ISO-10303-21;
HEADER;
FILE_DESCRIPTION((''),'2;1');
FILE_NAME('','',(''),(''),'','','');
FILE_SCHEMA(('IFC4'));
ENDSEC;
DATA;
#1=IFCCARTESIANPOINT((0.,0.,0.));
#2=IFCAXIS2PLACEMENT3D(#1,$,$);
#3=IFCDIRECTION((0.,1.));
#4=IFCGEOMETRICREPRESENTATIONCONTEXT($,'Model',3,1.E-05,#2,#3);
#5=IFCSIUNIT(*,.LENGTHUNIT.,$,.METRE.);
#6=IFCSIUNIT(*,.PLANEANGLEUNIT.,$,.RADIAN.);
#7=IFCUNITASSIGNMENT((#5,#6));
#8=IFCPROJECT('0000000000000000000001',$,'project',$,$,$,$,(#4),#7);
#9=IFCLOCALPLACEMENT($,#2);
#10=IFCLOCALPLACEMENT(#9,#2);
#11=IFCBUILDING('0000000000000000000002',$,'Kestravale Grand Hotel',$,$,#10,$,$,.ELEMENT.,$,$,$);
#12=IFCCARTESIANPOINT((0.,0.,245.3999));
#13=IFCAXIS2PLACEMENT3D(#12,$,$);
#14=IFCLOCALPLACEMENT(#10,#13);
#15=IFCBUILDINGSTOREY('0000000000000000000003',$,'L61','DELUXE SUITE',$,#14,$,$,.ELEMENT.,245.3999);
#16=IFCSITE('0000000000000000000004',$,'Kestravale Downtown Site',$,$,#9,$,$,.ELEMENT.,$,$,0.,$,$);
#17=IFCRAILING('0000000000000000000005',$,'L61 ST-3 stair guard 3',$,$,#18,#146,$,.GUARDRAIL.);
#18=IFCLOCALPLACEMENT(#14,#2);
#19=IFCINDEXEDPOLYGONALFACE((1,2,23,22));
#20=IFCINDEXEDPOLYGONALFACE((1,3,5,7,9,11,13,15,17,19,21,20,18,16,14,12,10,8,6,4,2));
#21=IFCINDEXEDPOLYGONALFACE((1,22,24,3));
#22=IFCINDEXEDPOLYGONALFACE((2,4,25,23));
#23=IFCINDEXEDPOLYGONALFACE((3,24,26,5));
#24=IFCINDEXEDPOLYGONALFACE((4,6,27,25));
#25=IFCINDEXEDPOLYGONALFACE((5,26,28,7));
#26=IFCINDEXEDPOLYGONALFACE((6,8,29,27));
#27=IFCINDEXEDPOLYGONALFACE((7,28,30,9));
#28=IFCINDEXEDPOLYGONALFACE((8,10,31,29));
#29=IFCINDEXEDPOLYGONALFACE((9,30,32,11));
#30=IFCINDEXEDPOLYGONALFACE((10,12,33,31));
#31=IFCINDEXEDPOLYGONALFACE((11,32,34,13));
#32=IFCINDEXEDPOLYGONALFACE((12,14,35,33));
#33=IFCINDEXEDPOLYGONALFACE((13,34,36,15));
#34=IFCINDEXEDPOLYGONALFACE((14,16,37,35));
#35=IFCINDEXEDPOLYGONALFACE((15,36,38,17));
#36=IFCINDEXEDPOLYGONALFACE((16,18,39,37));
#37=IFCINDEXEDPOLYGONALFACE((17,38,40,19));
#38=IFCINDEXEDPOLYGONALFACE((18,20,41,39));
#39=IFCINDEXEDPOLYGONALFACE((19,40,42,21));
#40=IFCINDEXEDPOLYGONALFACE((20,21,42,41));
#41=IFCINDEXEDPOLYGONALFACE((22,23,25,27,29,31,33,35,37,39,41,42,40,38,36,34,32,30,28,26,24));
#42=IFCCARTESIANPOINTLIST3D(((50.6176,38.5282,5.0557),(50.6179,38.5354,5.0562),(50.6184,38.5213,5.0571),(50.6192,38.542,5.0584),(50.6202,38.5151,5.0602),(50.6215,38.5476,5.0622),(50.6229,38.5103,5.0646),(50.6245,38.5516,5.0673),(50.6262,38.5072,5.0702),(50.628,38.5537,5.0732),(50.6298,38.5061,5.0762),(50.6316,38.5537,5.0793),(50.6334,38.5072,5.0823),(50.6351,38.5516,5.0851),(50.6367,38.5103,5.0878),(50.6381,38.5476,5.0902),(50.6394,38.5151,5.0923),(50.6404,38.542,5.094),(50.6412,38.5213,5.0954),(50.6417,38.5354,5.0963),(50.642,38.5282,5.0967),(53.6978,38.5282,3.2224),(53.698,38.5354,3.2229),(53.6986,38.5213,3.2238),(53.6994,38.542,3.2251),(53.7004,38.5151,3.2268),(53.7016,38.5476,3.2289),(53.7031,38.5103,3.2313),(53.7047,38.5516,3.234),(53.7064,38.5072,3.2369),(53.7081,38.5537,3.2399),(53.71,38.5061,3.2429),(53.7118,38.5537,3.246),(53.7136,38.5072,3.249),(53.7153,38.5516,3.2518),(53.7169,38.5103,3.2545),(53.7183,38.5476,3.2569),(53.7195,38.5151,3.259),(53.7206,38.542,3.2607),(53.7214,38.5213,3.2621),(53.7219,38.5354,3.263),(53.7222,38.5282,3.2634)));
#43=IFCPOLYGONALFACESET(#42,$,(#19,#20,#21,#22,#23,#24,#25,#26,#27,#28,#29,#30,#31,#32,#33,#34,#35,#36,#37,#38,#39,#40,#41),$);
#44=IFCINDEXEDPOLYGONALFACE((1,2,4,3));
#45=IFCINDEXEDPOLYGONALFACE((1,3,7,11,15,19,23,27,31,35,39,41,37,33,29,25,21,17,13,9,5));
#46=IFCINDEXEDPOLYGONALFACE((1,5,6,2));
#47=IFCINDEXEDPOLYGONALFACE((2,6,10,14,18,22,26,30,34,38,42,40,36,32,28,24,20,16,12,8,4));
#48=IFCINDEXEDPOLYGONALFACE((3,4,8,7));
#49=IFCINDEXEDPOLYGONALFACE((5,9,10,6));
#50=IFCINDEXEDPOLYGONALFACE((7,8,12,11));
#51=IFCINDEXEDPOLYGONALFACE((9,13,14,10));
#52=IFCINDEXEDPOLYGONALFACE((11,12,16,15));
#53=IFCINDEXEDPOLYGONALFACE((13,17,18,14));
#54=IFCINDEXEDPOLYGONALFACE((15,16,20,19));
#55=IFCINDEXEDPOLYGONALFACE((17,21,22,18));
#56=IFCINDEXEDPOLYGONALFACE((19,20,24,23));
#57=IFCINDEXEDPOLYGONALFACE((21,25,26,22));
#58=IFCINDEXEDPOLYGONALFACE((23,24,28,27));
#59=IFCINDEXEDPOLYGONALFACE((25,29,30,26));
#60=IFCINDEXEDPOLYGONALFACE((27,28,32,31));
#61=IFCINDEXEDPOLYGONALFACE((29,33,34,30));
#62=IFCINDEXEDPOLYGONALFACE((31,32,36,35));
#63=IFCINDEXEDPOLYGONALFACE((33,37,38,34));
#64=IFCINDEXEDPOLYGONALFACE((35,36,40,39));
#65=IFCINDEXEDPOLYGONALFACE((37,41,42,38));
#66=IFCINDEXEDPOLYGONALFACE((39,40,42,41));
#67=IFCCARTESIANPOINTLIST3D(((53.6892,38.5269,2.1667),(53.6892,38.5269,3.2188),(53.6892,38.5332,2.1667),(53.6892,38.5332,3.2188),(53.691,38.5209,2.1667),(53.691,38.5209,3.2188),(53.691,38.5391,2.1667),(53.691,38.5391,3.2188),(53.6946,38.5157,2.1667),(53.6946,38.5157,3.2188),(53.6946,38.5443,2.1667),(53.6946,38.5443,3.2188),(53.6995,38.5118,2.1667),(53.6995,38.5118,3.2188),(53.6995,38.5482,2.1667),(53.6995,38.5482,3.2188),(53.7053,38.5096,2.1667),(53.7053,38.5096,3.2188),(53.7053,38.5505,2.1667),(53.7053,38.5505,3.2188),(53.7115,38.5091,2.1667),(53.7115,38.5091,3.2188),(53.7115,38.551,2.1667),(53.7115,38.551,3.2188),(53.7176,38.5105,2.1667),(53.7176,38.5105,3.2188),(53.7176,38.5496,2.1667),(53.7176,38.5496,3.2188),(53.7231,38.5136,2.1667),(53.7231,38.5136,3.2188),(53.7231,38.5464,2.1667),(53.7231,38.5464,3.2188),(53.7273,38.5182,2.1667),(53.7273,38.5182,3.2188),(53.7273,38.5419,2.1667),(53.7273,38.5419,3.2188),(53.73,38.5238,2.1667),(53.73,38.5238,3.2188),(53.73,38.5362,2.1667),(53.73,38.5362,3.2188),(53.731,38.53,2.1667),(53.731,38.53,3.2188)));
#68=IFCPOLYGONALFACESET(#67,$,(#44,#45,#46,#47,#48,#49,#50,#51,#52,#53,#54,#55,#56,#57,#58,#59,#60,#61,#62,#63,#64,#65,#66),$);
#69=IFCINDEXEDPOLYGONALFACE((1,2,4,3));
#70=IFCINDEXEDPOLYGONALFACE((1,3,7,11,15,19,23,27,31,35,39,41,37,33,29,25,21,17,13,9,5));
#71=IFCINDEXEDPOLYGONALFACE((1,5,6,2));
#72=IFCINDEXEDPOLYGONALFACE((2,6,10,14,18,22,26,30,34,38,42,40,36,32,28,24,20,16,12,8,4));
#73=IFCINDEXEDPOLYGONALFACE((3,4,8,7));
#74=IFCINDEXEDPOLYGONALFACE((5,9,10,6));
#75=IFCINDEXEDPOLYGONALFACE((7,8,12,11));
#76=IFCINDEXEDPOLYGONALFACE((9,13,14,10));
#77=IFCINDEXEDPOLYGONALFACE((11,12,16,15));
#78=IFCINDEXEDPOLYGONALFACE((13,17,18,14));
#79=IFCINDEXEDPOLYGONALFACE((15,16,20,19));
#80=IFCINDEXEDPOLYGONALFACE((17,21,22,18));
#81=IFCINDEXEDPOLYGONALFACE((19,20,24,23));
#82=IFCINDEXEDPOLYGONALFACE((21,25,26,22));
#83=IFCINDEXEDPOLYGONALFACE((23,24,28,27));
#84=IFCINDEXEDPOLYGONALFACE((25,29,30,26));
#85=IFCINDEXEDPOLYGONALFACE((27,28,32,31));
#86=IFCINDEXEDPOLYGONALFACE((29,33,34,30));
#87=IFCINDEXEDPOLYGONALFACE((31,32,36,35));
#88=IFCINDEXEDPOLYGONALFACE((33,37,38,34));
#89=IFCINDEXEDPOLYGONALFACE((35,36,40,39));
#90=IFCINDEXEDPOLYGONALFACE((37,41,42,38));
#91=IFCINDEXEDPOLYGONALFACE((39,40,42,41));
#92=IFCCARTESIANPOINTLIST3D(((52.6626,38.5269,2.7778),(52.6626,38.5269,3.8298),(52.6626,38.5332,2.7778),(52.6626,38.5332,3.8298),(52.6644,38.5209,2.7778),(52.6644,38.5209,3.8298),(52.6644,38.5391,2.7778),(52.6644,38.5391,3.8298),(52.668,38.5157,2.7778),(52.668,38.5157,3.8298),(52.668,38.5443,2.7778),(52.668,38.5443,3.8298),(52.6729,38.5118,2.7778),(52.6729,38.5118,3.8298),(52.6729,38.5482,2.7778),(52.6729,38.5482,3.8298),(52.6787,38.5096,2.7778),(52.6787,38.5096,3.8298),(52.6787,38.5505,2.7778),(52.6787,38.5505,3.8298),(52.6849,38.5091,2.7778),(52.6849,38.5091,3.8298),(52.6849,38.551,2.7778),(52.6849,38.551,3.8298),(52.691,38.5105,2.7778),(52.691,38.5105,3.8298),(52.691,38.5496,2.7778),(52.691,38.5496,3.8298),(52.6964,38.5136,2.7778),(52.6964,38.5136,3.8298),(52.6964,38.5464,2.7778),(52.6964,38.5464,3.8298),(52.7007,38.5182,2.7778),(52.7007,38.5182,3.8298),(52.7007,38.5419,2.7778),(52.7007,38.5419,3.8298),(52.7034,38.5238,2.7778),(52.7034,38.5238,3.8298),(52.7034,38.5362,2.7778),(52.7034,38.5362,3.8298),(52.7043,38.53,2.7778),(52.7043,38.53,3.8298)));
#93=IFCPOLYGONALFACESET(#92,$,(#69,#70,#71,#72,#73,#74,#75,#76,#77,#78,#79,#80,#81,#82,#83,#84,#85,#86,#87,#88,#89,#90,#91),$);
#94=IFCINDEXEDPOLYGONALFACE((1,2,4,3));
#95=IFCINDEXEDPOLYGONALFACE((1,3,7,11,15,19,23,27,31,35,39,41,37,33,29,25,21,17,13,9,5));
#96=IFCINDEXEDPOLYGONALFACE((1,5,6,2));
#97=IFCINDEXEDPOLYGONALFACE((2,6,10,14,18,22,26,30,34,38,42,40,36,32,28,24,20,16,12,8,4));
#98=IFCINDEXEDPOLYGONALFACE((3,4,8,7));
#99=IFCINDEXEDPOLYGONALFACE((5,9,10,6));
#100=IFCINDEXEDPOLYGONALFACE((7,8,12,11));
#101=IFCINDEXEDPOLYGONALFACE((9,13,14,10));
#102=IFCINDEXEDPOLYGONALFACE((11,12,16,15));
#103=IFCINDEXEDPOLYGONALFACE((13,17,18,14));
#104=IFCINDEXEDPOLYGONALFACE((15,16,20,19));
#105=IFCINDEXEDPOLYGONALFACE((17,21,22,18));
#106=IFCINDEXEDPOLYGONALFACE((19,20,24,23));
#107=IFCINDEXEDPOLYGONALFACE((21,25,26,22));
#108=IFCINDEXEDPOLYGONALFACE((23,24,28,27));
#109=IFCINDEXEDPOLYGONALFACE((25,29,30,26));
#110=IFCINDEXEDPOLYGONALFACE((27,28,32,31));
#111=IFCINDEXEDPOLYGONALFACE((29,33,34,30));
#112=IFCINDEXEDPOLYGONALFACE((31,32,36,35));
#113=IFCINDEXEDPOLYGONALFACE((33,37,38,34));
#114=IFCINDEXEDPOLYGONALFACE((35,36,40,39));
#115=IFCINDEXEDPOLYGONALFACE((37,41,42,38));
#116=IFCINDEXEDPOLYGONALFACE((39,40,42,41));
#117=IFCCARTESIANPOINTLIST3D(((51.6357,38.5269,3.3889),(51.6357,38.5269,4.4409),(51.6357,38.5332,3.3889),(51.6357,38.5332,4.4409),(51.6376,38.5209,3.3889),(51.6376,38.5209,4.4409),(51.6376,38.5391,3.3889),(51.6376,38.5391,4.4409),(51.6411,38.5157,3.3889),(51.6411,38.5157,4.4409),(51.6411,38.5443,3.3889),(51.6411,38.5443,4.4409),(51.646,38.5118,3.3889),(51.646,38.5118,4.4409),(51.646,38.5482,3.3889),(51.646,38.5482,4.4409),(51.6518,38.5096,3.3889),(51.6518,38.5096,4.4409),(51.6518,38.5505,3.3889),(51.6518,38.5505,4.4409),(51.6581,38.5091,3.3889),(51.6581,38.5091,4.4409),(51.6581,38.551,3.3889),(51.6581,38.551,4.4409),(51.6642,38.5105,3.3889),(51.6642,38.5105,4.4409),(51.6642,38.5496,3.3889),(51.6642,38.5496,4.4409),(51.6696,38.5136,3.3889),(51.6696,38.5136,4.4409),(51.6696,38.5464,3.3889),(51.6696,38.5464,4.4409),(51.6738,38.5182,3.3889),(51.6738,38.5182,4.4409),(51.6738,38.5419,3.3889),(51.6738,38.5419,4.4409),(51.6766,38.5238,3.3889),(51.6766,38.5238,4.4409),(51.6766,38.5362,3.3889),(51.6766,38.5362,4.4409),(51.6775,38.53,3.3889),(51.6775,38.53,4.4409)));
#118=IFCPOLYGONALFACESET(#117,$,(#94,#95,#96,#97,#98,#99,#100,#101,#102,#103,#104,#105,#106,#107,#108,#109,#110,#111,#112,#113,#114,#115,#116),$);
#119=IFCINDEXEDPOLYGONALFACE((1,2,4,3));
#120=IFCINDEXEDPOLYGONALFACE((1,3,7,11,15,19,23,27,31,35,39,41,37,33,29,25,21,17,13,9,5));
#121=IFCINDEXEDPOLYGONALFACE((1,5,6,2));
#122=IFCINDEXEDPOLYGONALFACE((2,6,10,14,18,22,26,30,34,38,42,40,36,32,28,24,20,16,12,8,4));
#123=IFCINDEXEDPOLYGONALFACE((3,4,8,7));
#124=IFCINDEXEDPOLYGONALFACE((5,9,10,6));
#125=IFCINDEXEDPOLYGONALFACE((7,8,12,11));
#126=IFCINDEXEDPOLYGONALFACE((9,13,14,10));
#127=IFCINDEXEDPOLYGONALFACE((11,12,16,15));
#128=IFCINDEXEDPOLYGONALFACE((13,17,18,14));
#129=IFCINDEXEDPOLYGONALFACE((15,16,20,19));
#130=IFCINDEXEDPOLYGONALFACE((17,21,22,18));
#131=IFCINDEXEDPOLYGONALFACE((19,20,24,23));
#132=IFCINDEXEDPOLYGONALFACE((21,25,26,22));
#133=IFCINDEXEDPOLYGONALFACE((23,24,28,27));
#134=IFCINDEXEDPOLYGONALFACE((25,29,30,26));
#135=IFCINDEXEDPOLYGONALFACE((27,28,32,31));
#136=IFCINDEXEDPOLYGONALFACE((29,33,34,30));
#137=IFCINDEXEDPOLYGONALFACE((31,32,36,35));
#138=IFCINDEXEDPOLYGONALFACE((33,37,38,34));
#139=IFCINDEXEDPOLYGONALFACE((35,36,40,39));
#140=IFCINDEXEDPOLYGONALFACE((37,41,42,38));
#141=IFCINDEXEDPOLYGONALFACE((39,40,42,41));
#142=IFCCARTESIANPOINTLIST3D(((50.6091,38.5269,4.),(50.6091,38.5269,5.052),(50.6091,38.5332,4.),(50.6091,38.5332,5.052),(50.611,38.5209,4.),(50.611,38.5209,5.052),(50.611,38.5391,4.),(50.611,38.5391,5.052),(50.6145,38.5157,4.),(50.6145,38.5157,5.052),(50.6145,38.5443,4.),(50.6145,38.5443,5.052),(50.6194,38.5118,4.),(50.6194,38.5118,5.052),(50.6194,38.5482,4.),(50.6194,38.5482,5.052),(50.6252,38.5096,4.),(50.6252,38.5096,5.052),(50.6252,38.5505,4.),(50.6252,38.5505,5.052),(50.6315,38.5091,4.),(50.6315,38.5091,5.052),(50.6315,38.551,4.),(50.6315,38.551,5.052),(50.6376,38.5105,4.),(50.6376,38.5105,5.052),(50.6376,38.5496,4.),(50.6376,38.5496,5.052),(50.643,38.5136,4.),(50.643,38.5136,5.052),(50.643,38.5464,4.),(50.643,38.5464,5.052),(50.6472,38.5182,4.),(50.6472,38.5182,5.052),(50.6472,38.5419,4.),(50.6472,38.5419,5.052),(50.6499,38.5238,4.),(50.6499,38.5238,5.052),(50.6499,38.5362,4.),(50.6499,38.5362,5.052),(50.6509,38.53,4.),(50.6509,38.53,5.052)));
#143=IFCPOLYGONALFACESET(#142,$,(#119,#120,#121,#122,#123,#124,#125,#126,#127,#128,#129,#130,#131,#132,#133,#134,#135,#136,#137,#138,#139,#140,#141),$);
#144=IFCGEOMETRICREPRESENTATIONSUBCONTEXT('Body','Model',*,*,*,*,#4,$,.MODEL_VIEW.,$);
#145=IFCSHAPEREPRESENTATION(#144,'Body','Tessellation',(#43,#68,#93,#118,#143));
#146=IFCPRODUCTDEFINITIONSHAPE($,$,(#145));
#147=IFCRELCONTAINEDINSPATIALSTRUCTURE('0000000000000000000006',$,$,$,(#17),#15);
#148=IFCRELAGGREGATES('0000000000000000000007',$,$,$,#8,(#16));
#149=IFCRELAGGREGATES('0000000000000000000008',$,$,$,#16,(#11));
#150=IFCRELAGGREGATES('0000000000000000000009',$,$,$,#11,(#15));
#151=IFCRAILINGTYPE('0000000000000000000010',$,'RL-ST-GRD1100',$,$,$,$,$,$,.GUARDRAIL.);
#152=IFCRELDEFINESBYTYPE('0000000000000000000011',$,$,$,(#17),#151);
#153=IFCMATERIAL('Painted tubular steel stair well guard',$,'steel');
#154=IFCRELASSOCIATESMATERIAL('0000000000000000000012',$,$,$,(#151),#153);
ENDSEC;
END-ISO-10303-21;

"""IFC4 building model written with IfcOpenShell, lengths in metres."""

from ifc_helpers import new_model, si_unit, direction, frame, origin, origin_2d, place, context, subcontext, project, spatial, circle, extrude, material, type_object, element, save


model = new_model("IFC4")

# Units and contexts
model_context = context("Model", 3, precision=1e-05, world=origin(), true_north=direction((0.0, 1.0)))
body_context = subcontext(model_context, "Body", "Model", "MODEL_VIEW")
ifc_project = project(units=[si_unit("LENGTHUNIT", "METRE"), si_unit("PLANEANGLEUNIT", "RADIAN")], contexts=[model_context])

# Site, building, storey
site_placement = place(None, origin())
site = spatial("IfcSite", under=ifc_project, at=site_placement, Name="Kestravale Downtown Site", CompositionType="ELEMENT", RefElevation=0.0)
building_placement = place(site_placement, origin())
building = spatial("IfcBuilding", under=site, at=building_placement, Name="Kestravale Grand Hotel", CompositionType="ELEMENT")
storey_placement = place(building_placement, frame((0.0, 0.0, 245.3999)))
storey = spatial("IfcBuildingStorey", under=building, at=storey_placement, Name="L61", Description="DELUXE SUITE", CompositionType="ELEMENT", Elevation=245.3999)

# Railing
ifc_material_1 = material(Name="Painted tubular steel stair well guard", Category="steel")
railing_type_1 = type_object("IfcRailingType", Name="RL-ST-GRD1100", PredefinedType="GUARDRAIL", material=ifc_material_1)
railing_1_placement = place(storey_placement, frame((53.71, 38.53, 2.1667)))
element("IfcRailing", 1, at=railing_1_placement, inside=storey, type_object=railing_type_1, Name="L61 ST-3 stair guard 3", PredefinedType="GUARDRAIL", context=body_context, shape_type="SweptSolid", body=[
    extrude(circle(Radius=0.0239, at=origin_2d()), frame((0.0, 0.0, 1.0762), z_axis=(-0.859309, 0.0, 0.511458), x_axis=(0.0, -1.0, 0.0)), (0.0, 0.0, 1.0), 3.5845),
    extrude(circle(Radius=0.021, at=origin_2d()), origin(), (0.0, 0.0, 1.0), 1.052),
    extrude(circle(Radius=0.021, at=origin_2d()), frame((-1.0266, 0.0, 0.6111)), (0.0, 0.0, 1.0), 1.052),
    extrude(circle(Radius=0.021, at=origin_2d()), frame((-2.0535, 0.0, 1.2222)), (0.0, 0.0, 1.0), 1.052),
    extrude(circle(Radius=0.021, at=origin_2d()), frame((-3.0801, 0.0, 1.8333)), (0.0, 0.0, 1.0), 1.052),
])

save(model, "model.ifc")
